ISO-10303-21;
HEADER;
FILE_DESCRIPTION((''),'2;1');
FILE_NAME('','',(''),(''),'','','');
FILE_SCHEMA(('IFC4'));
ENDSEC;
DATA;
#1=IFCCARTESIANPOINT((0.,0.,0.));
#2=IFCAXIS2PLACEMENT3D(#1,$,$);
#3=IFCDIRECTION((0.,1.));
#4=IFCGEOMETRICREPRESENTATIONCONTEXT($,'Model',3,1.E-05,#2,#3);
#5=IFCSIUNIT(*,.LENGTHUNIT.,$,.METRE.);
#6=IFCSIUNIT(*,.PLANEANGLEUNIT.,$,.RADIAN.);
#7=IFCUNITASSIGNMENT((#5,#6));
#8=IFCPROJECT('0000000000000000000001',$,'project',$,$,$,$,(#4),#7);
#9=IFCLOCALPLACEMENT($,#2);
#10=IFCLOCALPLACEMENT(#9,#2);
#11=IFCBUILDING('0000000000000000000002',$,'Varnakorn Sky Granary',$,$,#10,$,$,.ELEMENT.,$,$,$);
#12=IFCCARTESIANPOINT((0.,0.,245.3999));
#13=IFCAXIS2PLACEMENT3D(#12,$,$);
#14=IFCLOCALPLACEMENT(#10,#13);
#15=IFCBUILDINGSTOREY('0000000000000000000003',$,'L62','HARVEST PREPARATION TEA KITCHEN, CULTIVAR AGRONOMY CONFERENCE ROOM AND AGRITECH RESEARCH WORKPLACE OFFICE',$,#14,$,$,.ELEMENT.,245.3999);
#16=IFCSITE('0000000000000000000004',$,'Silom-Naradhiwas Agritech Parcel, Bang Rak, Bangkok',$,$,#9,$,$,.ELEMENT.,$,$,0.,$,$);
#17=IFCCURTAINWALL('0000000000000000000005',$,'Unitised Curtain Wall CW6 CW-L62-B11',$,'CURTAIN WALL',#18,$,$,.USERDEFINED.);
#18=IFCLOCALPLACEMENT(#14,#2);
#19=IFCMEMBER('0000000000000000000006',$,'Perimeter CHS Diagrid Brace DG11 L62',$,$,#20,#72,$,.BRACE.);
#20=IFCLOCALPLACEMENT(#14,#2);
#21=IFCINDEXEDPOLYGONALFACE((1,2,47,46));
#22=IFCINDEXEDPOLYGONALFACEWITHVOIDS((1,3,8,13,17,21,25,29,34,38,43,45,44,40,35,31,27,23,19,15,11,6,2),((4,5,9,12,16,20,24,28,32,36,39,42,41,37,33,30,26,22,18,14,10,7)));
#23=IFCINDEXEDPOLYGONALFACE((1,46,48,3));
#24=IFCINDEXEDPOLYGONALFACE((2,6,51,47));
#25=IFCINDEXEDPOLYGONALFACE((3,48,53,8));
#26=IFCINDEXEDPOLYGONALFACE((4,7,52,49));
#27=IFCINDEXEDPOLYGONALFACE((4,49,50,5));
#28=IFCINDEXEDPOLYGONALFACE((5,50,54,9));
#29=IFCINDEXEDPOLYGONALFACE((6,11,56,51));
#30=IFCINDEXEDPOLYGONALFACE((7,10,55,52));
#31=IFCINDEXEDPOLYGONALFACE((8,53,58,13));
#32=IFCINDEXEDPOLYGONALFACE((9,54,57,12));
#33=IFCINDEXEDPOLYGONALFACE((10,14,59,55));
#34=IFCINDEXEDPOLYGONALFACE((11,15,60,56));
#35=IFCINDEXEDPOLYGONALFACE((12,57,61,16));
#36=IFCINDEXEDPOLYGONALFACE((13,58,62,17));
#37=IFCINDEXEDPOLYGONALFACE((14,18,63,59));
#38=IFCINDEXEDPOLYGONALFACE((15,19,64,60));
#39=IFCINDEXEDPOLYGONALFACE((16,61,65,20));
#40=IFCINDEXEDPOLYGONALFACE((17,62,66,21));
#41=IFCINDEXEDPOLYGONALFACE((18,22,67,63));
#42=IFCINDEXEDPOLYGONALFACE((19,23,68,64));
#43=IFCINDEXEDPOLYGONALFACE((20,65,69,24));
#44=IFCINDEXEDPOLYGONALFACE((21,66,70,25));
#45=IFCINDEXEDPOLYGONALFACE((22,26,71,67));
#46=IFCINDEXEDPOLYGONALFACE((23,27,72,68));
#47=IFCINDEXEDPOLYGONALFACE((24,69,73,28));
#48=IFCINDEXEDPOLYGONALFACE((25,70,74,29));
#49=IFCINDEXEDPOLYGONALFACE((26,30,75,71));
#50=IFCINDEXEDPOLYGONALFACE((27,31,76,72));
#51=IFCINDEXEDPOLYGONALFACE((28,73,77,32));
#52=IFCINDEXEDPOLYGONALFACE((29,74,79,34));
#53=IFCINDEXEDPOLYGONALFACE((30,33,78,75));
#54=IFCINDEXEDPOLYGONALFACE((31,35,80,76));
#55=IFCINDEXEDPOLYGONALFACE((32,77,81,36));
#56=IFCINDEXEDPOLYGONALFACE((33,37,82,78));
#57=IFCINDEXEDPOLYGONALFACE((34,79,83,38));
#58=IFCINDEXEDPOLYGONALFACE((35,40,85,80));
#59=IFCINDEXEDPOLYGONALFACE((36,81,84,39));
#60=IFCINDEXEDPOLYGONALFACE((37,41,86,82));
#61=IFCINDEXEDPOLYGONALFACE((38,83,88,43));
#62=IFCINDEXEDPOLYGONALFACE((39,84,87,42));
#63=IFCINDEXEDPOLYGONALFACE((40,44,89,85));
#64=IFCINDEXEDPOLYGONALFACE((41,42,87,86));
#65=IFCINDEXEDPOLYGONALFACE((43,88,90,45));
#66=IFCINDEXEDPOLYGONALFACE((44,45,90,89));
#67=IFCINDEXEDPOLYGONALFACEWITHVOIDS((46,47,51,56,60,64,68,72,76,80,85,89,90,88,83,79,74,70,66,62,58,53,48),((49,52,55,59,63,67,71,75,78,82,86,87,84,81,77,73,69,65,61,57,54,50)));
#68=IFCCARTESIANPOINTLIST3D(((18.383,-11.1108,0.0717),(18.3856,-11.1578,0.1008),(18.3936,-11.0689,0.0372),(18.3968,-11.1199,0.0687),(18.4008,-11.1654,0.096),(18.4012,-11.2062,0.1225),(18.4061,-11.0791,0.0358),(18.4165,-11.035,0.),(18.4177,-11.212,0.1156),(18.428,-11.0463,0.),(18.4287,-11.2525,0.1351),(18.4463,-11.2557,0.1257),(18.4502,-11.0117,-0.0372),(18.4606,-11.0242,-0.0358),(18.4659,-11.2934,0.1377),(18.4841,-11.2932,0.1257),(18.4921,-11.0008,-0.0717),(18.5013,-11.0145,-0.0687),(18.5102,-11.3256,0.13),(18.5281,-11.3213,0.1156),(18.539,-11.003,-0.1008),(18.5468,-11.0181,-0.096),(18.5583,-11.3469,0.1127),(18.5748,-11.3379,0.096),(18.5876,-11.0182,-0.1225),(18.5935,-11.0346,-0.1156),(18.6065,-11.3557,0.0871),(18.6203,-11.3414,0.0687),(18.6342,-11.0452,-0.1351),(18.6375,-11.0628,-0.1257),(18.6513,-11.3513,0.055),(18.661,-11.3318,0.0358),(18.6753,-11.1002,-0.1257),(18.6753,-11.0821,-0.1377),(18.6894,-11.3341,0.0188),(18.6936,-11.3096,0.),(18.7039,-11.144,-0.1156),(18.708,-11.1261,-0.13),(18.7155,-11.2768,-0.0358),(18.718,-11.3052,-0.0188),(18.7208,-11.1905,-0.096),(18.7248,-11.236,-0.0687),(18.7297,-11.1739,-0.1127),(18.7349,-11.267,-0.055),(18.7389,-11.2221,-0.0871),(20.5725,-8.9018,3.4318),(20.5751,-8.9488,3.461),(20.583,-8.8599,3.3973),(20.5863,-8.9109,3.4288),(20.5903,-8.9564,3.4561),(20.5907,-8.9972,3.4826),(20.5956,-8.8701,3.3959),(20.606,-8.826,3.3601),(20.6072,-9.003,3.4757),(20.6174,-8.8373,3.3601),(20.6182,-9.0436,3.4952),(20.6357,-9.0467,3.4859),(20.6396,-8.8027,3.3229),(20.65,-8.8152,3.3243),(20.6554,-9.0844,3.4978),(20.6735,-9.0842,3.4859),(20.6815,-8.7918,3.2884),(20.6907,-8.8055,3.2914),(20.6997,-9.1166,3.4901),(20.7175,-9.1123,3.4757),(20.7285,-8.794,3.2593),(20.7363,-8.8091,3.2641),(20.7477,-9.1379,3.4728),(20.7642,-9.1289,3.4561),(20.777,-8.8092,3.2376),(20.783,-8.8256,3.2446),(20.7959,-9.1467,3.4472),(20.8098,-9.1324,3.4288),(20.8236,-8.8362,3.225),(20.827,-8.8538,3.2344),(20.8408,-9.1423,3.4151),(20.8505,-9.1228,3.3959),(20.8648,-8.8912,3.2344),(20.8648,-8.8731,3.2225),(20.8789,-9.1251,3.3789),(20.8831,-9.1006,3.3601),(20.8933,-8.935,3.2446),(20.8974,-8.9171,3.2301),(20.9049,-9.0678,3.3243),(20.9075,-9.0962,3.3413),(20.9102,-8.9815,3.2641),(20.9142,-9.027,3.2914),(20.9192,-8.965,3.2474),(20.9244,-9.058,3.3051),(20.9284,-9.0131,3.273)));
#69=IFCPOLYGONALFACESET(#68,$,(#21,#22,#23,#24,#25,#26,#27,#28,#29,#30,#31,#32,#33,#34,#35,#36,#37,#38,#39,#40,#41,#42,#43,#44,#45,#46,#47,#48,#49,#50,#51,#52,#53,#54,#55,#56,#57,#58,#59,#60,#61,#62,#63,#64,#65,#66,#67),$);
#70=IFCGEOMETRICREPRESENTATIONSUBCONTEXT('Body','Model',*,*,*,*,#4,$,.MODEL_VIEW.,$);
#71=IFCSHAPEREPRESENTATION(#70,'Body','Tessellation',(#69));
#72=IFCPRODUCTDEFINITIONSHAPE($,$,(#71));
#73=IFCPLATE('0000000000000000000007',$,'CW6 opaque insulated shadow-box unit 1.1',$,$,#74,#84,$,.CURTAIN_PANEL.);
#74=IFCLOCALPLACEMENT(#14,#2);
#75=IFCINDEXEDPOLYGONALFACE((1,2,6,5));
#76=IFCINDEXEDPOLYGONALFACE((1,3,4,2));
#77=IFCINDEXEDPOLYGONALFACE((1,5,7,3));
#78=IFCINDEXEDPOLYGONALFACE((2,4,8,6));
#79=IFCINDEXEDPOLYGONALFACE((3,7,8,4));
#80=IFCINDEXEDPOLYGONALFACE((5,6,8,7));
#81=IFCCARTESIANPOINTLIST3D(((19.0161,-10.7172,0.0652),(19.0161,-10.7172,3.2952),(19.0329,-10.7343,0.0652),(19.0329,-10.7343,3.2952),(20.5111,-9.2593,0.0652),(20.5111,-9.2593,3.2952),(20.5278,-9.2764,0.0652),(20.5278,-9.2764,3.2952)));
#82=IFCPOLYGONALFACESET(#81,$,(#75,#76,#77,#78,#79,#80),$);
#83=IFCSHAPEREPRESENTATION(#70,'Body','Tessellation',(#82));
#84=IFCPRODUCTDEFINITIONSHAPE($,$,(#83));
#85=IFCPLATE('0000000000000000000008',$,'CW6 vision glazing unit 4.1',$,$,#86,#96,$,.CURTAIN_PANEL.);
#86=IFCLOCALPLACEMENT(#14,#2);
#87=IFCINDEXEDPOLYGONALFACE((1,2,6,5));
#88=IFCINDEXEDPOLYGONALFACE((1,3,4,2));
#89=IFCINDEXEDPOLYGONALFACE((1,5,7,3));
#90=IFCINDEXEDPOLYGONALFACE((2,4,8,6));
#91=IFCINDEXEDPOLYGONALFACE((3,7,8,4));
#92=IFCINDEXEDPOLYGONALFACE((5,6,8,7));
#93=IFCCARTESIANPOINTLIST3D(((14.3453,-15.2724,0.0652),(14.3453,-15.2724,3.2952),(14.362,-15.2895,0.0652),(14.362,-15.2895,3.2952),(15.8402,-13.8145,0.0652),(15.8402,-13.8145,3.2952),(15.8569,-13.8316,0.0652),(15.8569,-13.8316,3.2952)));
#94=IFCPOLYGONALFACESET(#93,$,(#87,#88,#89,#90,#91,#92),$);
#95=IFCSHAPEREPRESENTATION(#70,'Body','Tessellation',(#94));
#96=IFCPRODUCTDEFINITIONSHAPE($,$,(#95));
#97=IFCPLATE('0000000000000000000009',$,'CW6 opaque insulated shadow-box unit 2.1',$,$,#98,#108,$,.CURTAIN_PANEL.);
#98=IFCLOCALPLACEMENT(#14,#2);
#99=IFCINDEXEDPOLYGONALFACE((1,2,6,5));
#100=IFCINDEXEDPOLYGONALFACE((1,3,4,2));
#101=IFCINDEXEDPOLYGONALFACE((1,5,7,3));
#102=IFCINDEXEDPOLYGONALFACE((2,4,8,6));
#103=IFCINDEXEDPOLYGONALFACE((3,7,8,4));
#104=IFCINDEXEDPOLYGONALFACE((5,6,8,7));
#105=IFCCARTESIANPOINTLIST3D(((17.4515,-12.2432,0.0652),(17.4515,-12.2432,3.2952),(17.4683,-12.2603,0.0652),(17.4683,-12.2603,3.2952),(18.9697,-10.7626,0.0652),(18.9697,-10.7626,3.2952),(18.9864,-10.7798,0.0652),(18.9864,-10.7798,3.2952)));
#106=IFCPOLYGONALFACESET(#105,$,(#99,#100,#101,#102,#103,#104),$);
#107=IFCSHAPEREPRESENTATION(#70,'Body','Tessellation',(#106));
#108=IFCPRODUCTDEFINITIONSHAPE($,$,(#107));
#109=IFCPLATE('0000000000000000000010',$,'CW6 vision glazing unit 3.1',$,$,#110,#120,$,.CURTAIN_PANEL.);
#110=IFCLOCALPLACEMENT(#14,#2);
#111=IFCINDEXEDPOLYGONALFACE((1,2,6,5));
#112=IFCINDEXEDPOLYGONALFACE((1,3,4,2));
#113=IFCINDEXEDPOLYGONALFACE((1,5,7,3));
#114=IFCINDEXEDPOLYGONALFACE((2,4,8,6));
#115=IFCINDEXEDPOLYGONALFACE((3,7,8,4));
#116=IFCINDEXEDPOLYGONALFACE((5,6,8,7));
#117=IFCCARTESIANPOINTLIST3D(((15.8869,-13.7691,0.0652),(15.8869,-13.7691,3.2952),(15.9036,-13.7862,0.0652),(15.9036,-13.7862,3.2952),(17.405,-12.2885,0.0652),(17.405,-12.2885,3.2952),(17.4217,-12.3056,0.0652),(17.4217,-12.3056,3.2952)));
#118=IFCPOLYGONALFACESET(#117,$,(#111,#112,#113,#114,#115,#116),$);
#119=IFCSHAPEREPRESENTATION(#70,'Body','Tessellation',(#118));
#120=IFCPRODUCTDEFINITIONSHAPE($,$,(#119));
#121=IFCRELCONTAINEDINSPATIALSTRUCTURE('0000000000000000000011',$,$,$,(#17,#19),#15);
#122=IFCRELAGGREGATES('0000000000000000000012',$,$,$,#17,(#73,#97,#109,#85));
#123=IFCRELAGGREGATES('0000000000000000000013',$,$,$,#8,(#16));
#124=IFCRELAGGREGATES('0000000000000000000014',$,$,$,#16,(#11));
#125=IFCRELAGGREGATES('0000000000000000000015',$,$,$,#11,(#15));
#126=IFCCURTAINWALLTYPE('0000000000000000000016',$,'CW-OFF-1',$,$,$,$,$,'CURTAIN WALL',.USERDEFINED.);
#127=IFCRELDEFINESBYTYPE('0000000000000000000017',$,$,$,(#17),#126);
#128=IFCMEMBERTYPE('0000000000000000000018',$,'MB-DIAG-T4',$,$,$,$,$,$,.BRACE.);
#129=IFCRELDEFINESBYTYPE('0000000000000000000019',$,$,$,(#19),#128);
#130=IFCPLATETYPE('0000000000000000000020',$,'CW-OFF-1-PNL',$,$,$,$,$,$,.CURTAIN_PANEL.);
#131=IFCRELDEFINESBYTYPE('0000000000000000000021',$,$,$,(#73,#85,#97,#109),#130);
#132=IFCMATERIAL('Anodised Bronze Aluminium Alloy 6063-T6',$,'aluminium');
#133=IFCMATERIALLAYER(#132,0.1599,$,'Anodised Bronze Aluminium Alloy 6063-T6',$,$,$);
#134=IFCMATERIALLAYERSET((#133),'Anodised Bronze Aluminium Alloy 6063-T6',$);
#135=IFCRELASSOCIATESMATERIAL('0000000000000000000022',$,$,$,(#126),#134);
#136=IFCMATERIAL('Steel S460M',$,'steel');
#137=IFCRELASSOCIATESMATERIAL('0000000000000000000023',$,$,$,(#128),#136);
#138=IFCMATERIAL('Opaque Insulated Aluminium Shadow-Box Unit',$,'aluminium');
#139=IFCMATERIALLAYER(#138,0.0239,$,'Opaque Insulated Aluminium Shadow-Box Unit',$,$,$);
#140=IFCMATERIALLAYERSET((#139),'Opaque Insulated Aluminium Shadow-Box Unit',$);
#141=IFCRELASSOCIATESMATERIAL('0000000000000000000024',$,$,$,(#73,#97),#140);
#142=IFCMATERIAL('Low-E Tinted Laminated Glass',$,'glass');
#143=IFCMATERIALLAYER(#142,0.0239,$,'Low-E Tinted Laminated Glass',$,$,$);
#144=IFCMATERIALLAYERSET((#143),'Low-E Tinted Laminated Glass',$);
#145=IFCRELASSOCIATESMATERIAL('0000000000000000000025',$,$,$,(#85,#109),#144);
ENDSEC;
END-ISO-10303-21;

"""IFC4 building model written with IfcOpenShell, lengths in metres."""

from ifc_helpers import new_model, si_unit, direction, frame, origin, origin_2d, place, context, subcontext, project, spatial, rectangle, hollow_circle, extrude, source, transform, mapped, material, layer, layer_set, material_profile, profile_set, type_object, type_shapes, element, aggregate, save


model = new_model("IFC4")

# Units and contexts
model_context = context("Model", 3, precision=1e-05, world=origin(), true_north=direction((0.0, 1.0)))
body_context = subcontext(model_context, "Body", "Model", "MODEL_VIEW")
ifc_project = project(units=[si_unit("LENGTHUNIT", "METRE"), si_unit("PLANEANGLEUNIT", "RADIAN")], contexts=[model_context])

# Site, building, storey
site_placement = place(None, origin())
site = spatial("IfcSite", under=ifc_project, at=site_placement, Name="Silom-Naradhiwas Agritech Parcel, Bang Rak, Bangkok", CompositionType="ELEMENT", RefElevation=0.0)
building_placement = place(site_placement, origin())
building = spatial("IfcBuilding", under=site, at=building_placement, Name="Varnakorn Sky Granary", CompositionType="ELEMENT")
storey_placement = place(building_placement, frame((0.0, 0.0, 245.3999)))
storey = spatial("IfcBuildingStorey", under=building, at=storey_placement, Name="L62", Description="HARVEST PREPARATION TEA KITCHEN, CULTIVAR AGRONOMY CONFERENCE ROOM AND AGRITECH RESEARCH WORKPLACE OFFICE", CompositionType="ELEMENT", Elevation=245.3999)

# Shared definitions
ifc_material_1 = material(Name="Steel S460M", Category="steel")

# Shared definitions
ifc_material_2 = material(Name="Anodised Bronze Aluminium Alloy 6063-T6", Category="aluminium")
ifc_layer_1 = layer(ifc_material_2, 0.1599, Name="Anodised Bronze Aluminium Alloy 6063-T6")
ifc_layer_set_1 = layer_set([ifc_layer_1], Name="Anodised Bronze Aluminium Alloy 6063-T6")
curtain_wall_type = type_object("IfcCurtainWallType", Name="CW-OFF-1", ElementType="CURTAIN WALL", PredefinedType="USERDEFINED", material=ifc_layer_set_1)

# Curtain wall
curtain_wall_1_placement = place(storey_placement, origin())
curtain_wall_1 = element("IfcCurtainWall", 1, at=curtain_wall_1_placement, inside=storey, type_object=curtain_wall_type, Name="Unitised Curtain Wall CW6 CW-L62-B11", ObjectType="CURTAIN WALL", PredefinedType="USERDEFINED")

# Member
ifc_material_profile_1 = material_profile(ifc_material_1, hollow_circle(Radius=0.2031, WallThickness=0.0161, at=origin_2d()), Name="CHS 406.4x16")
ifc_profile_set_1 = profile_set([ifc_material_profile_1], Name="Steel S460M")
member_type_1 = type_object("IfcMemberType", Name="MB-DIAG-T4", PredefinedType="BRACE", material=ifc_profile_set_1)
member_1_placement = place(storey_placement, frame((18.5608, -11.178, 0.0), z_axis=(0.478192, 0.482458, 0.733871), x_axis=(-0.71024, 0.70396, 0.0)))
element("IfcMember", 2, at=member_1_placement, inside=storey, type_object=member_type_1, Name="Perimeter CHS Diagrid Brace DG11 L62", PredefinedType="BRACE", context=body_context, shape_type="SweptSolid", body=[
    extrude(hollow_circle(Radius=0.2031, WallThickness=0.0161, at=origin_2d()), origin(), (0.0, 0.0, 1.0), 4.5786),
])

# Plates
ifc_material_3 = material(Name="Opaque Insulated Aluminium Shadow-Box Unit", Category="aluminium")
ifc_layer_2 = layer(ifc_material_3, 0.0239, Name="Opaque Insulated Aluminium Shadow-Box Unit")
ifc_layer_set_2 = layer_set([ifc_layer_2], Name="Opaque Insulated Aluminium Shadow-Box Unit")
plate_type = type_object("IfcPlateType", Name="CW-OFF-1-PNL", PredefinedType="CURTAIN_PANEL")
shared_shape_1 = source(origin(), body_context, "Body", "SweptSolid", [
    extrude(rectangle(XDim=2.0881, YDim=0.0239, at=origin_2d()), origin(), (0.0, 0.0, 1.0), 3.23),
])
plate_1_placement = place(storey_placement, frame((19.772, -9.9968, 0.0652), z_axis=(0.0, 0.0, 1.0), x_axis=(-0.715922, -0.698181, 0.0)))
plate_1 = element("IfcPlate", 3, at=plate_1_placement, type_object=plate_type, material=ifc_layer_set_2, Name="CW6 opaque insulated shadow-box unit 1.1", PredefinedType="CURTAIN_PANEL", context=body_context, shape_type="MappedRepresentation", body=[
    mapped(shared_shape_1, transform((0.0, 0.0, 0.0), x_axis=(1.0, 0.0, 0.0), y_axis=(0.0, 1.0, 0.0), z_axis=(0.0, 0.0, 1.0), scale=1.0)),
])
ifc_material_4 = material(Name="Low-E Tinted Laminated Glass", Category="glass")
ifc_layer_3 = layer(ifc_material_4, 0.0239, Name="Low-E Tinted Laminated Glass")
ifc_layer_set_3 = layer_set([ifc_layer_3], Name="Low-E Tinted Laminated Glass")
plate_2_placement = place(storey_placement, frame((15.1011, -14.552, 0.0652), z_axis=(0.0, 0.0, 1.0), x_axis=(-0.715922, -0.698181, 0.0)))
plate_2 = element("IfcPlate", 4, at=plate_2_placement, type_object=plate_type, material=ifc_layer_set_3, Name="CW6 vision glazing unit 4.1", PredefinedType="CURTAIN_PANEL", context=body_context, shape_type="MappedRepresentation", body=[
    mapped(shared_shape_1, transform((0.0, 0.0, 0.0), x_axis=(1.0, 0.0, 0.0), y_axis=(0.0, 1.0, 0.0), z_axis=(0.0, 0.0, 1.0), scale=1.0)),
])
shared_shape_2 = source(origin(), body_context, "Body", "SweptSolid", [
    extrude(rectangle(XDim=2.1206, YDim=0.0239, at=origin_2d()), origin(), (0.0, 0.0, 1.0), 3.23),
])
type_shapes(plate_type, [shared_shape_1, shared_shape_2])
plate_3_placement = place(storey_placement, frame((18.219, -11.5115, 0.0652), z_axis=(0.0, 0.0, 1.0), x_axis=(-0.715922, -0.698181, 0.0)))
plate_3 = element("IfcPlate", 5, at=plate_3_placement, type_object=plate_type, material=ifc_layer_set_2, Name="CW6 opaque insulated shadow-box unit 2.1", PredefinedType="CURTAIN_PANEL", context=body_context, shape_type="MappedRepresentation", body=[
    mapped(shared_shape_2, transform((0.0, 0.0, 0.0), x_axis=(1.0, 0.0, 0.0), y_axis=(0.0, 1.0, 0.0), z_axis=(0.0, 0.0, 1.0), scale=1.0)),
])
plate_4_placement = place(storey_placement, frame((16.6543, -13.0374, 0.0652), z_axis=(0.0, 0.0, 1.0), x_axis=(-0.715922, -0.698181, 0.0)))
plate_4 = element("IfcPlate", 6, at=plate_4_placement, type_object=plate_type, material=ifc_layer_set_3, Name="CW6 vision glazing unit 3.1", PredefinedType="CURTAIN_PANEL", context=body_context, shape_type="MappedRepresentation", body=[
    mapped(shared_shape_2, transform((0.0, 0.0, 0.0), x_axis=(1.0, 0.0, 0.0), y_axis=(0.0, 1.0, 0.0), z_axis=(0.0, 0.0, 1.0), scale=1.0)),
])
aggregate(curtain_wall_1, [plate_1, plate_3, plate_4, plate_2])

save(model, "model.ifc")
